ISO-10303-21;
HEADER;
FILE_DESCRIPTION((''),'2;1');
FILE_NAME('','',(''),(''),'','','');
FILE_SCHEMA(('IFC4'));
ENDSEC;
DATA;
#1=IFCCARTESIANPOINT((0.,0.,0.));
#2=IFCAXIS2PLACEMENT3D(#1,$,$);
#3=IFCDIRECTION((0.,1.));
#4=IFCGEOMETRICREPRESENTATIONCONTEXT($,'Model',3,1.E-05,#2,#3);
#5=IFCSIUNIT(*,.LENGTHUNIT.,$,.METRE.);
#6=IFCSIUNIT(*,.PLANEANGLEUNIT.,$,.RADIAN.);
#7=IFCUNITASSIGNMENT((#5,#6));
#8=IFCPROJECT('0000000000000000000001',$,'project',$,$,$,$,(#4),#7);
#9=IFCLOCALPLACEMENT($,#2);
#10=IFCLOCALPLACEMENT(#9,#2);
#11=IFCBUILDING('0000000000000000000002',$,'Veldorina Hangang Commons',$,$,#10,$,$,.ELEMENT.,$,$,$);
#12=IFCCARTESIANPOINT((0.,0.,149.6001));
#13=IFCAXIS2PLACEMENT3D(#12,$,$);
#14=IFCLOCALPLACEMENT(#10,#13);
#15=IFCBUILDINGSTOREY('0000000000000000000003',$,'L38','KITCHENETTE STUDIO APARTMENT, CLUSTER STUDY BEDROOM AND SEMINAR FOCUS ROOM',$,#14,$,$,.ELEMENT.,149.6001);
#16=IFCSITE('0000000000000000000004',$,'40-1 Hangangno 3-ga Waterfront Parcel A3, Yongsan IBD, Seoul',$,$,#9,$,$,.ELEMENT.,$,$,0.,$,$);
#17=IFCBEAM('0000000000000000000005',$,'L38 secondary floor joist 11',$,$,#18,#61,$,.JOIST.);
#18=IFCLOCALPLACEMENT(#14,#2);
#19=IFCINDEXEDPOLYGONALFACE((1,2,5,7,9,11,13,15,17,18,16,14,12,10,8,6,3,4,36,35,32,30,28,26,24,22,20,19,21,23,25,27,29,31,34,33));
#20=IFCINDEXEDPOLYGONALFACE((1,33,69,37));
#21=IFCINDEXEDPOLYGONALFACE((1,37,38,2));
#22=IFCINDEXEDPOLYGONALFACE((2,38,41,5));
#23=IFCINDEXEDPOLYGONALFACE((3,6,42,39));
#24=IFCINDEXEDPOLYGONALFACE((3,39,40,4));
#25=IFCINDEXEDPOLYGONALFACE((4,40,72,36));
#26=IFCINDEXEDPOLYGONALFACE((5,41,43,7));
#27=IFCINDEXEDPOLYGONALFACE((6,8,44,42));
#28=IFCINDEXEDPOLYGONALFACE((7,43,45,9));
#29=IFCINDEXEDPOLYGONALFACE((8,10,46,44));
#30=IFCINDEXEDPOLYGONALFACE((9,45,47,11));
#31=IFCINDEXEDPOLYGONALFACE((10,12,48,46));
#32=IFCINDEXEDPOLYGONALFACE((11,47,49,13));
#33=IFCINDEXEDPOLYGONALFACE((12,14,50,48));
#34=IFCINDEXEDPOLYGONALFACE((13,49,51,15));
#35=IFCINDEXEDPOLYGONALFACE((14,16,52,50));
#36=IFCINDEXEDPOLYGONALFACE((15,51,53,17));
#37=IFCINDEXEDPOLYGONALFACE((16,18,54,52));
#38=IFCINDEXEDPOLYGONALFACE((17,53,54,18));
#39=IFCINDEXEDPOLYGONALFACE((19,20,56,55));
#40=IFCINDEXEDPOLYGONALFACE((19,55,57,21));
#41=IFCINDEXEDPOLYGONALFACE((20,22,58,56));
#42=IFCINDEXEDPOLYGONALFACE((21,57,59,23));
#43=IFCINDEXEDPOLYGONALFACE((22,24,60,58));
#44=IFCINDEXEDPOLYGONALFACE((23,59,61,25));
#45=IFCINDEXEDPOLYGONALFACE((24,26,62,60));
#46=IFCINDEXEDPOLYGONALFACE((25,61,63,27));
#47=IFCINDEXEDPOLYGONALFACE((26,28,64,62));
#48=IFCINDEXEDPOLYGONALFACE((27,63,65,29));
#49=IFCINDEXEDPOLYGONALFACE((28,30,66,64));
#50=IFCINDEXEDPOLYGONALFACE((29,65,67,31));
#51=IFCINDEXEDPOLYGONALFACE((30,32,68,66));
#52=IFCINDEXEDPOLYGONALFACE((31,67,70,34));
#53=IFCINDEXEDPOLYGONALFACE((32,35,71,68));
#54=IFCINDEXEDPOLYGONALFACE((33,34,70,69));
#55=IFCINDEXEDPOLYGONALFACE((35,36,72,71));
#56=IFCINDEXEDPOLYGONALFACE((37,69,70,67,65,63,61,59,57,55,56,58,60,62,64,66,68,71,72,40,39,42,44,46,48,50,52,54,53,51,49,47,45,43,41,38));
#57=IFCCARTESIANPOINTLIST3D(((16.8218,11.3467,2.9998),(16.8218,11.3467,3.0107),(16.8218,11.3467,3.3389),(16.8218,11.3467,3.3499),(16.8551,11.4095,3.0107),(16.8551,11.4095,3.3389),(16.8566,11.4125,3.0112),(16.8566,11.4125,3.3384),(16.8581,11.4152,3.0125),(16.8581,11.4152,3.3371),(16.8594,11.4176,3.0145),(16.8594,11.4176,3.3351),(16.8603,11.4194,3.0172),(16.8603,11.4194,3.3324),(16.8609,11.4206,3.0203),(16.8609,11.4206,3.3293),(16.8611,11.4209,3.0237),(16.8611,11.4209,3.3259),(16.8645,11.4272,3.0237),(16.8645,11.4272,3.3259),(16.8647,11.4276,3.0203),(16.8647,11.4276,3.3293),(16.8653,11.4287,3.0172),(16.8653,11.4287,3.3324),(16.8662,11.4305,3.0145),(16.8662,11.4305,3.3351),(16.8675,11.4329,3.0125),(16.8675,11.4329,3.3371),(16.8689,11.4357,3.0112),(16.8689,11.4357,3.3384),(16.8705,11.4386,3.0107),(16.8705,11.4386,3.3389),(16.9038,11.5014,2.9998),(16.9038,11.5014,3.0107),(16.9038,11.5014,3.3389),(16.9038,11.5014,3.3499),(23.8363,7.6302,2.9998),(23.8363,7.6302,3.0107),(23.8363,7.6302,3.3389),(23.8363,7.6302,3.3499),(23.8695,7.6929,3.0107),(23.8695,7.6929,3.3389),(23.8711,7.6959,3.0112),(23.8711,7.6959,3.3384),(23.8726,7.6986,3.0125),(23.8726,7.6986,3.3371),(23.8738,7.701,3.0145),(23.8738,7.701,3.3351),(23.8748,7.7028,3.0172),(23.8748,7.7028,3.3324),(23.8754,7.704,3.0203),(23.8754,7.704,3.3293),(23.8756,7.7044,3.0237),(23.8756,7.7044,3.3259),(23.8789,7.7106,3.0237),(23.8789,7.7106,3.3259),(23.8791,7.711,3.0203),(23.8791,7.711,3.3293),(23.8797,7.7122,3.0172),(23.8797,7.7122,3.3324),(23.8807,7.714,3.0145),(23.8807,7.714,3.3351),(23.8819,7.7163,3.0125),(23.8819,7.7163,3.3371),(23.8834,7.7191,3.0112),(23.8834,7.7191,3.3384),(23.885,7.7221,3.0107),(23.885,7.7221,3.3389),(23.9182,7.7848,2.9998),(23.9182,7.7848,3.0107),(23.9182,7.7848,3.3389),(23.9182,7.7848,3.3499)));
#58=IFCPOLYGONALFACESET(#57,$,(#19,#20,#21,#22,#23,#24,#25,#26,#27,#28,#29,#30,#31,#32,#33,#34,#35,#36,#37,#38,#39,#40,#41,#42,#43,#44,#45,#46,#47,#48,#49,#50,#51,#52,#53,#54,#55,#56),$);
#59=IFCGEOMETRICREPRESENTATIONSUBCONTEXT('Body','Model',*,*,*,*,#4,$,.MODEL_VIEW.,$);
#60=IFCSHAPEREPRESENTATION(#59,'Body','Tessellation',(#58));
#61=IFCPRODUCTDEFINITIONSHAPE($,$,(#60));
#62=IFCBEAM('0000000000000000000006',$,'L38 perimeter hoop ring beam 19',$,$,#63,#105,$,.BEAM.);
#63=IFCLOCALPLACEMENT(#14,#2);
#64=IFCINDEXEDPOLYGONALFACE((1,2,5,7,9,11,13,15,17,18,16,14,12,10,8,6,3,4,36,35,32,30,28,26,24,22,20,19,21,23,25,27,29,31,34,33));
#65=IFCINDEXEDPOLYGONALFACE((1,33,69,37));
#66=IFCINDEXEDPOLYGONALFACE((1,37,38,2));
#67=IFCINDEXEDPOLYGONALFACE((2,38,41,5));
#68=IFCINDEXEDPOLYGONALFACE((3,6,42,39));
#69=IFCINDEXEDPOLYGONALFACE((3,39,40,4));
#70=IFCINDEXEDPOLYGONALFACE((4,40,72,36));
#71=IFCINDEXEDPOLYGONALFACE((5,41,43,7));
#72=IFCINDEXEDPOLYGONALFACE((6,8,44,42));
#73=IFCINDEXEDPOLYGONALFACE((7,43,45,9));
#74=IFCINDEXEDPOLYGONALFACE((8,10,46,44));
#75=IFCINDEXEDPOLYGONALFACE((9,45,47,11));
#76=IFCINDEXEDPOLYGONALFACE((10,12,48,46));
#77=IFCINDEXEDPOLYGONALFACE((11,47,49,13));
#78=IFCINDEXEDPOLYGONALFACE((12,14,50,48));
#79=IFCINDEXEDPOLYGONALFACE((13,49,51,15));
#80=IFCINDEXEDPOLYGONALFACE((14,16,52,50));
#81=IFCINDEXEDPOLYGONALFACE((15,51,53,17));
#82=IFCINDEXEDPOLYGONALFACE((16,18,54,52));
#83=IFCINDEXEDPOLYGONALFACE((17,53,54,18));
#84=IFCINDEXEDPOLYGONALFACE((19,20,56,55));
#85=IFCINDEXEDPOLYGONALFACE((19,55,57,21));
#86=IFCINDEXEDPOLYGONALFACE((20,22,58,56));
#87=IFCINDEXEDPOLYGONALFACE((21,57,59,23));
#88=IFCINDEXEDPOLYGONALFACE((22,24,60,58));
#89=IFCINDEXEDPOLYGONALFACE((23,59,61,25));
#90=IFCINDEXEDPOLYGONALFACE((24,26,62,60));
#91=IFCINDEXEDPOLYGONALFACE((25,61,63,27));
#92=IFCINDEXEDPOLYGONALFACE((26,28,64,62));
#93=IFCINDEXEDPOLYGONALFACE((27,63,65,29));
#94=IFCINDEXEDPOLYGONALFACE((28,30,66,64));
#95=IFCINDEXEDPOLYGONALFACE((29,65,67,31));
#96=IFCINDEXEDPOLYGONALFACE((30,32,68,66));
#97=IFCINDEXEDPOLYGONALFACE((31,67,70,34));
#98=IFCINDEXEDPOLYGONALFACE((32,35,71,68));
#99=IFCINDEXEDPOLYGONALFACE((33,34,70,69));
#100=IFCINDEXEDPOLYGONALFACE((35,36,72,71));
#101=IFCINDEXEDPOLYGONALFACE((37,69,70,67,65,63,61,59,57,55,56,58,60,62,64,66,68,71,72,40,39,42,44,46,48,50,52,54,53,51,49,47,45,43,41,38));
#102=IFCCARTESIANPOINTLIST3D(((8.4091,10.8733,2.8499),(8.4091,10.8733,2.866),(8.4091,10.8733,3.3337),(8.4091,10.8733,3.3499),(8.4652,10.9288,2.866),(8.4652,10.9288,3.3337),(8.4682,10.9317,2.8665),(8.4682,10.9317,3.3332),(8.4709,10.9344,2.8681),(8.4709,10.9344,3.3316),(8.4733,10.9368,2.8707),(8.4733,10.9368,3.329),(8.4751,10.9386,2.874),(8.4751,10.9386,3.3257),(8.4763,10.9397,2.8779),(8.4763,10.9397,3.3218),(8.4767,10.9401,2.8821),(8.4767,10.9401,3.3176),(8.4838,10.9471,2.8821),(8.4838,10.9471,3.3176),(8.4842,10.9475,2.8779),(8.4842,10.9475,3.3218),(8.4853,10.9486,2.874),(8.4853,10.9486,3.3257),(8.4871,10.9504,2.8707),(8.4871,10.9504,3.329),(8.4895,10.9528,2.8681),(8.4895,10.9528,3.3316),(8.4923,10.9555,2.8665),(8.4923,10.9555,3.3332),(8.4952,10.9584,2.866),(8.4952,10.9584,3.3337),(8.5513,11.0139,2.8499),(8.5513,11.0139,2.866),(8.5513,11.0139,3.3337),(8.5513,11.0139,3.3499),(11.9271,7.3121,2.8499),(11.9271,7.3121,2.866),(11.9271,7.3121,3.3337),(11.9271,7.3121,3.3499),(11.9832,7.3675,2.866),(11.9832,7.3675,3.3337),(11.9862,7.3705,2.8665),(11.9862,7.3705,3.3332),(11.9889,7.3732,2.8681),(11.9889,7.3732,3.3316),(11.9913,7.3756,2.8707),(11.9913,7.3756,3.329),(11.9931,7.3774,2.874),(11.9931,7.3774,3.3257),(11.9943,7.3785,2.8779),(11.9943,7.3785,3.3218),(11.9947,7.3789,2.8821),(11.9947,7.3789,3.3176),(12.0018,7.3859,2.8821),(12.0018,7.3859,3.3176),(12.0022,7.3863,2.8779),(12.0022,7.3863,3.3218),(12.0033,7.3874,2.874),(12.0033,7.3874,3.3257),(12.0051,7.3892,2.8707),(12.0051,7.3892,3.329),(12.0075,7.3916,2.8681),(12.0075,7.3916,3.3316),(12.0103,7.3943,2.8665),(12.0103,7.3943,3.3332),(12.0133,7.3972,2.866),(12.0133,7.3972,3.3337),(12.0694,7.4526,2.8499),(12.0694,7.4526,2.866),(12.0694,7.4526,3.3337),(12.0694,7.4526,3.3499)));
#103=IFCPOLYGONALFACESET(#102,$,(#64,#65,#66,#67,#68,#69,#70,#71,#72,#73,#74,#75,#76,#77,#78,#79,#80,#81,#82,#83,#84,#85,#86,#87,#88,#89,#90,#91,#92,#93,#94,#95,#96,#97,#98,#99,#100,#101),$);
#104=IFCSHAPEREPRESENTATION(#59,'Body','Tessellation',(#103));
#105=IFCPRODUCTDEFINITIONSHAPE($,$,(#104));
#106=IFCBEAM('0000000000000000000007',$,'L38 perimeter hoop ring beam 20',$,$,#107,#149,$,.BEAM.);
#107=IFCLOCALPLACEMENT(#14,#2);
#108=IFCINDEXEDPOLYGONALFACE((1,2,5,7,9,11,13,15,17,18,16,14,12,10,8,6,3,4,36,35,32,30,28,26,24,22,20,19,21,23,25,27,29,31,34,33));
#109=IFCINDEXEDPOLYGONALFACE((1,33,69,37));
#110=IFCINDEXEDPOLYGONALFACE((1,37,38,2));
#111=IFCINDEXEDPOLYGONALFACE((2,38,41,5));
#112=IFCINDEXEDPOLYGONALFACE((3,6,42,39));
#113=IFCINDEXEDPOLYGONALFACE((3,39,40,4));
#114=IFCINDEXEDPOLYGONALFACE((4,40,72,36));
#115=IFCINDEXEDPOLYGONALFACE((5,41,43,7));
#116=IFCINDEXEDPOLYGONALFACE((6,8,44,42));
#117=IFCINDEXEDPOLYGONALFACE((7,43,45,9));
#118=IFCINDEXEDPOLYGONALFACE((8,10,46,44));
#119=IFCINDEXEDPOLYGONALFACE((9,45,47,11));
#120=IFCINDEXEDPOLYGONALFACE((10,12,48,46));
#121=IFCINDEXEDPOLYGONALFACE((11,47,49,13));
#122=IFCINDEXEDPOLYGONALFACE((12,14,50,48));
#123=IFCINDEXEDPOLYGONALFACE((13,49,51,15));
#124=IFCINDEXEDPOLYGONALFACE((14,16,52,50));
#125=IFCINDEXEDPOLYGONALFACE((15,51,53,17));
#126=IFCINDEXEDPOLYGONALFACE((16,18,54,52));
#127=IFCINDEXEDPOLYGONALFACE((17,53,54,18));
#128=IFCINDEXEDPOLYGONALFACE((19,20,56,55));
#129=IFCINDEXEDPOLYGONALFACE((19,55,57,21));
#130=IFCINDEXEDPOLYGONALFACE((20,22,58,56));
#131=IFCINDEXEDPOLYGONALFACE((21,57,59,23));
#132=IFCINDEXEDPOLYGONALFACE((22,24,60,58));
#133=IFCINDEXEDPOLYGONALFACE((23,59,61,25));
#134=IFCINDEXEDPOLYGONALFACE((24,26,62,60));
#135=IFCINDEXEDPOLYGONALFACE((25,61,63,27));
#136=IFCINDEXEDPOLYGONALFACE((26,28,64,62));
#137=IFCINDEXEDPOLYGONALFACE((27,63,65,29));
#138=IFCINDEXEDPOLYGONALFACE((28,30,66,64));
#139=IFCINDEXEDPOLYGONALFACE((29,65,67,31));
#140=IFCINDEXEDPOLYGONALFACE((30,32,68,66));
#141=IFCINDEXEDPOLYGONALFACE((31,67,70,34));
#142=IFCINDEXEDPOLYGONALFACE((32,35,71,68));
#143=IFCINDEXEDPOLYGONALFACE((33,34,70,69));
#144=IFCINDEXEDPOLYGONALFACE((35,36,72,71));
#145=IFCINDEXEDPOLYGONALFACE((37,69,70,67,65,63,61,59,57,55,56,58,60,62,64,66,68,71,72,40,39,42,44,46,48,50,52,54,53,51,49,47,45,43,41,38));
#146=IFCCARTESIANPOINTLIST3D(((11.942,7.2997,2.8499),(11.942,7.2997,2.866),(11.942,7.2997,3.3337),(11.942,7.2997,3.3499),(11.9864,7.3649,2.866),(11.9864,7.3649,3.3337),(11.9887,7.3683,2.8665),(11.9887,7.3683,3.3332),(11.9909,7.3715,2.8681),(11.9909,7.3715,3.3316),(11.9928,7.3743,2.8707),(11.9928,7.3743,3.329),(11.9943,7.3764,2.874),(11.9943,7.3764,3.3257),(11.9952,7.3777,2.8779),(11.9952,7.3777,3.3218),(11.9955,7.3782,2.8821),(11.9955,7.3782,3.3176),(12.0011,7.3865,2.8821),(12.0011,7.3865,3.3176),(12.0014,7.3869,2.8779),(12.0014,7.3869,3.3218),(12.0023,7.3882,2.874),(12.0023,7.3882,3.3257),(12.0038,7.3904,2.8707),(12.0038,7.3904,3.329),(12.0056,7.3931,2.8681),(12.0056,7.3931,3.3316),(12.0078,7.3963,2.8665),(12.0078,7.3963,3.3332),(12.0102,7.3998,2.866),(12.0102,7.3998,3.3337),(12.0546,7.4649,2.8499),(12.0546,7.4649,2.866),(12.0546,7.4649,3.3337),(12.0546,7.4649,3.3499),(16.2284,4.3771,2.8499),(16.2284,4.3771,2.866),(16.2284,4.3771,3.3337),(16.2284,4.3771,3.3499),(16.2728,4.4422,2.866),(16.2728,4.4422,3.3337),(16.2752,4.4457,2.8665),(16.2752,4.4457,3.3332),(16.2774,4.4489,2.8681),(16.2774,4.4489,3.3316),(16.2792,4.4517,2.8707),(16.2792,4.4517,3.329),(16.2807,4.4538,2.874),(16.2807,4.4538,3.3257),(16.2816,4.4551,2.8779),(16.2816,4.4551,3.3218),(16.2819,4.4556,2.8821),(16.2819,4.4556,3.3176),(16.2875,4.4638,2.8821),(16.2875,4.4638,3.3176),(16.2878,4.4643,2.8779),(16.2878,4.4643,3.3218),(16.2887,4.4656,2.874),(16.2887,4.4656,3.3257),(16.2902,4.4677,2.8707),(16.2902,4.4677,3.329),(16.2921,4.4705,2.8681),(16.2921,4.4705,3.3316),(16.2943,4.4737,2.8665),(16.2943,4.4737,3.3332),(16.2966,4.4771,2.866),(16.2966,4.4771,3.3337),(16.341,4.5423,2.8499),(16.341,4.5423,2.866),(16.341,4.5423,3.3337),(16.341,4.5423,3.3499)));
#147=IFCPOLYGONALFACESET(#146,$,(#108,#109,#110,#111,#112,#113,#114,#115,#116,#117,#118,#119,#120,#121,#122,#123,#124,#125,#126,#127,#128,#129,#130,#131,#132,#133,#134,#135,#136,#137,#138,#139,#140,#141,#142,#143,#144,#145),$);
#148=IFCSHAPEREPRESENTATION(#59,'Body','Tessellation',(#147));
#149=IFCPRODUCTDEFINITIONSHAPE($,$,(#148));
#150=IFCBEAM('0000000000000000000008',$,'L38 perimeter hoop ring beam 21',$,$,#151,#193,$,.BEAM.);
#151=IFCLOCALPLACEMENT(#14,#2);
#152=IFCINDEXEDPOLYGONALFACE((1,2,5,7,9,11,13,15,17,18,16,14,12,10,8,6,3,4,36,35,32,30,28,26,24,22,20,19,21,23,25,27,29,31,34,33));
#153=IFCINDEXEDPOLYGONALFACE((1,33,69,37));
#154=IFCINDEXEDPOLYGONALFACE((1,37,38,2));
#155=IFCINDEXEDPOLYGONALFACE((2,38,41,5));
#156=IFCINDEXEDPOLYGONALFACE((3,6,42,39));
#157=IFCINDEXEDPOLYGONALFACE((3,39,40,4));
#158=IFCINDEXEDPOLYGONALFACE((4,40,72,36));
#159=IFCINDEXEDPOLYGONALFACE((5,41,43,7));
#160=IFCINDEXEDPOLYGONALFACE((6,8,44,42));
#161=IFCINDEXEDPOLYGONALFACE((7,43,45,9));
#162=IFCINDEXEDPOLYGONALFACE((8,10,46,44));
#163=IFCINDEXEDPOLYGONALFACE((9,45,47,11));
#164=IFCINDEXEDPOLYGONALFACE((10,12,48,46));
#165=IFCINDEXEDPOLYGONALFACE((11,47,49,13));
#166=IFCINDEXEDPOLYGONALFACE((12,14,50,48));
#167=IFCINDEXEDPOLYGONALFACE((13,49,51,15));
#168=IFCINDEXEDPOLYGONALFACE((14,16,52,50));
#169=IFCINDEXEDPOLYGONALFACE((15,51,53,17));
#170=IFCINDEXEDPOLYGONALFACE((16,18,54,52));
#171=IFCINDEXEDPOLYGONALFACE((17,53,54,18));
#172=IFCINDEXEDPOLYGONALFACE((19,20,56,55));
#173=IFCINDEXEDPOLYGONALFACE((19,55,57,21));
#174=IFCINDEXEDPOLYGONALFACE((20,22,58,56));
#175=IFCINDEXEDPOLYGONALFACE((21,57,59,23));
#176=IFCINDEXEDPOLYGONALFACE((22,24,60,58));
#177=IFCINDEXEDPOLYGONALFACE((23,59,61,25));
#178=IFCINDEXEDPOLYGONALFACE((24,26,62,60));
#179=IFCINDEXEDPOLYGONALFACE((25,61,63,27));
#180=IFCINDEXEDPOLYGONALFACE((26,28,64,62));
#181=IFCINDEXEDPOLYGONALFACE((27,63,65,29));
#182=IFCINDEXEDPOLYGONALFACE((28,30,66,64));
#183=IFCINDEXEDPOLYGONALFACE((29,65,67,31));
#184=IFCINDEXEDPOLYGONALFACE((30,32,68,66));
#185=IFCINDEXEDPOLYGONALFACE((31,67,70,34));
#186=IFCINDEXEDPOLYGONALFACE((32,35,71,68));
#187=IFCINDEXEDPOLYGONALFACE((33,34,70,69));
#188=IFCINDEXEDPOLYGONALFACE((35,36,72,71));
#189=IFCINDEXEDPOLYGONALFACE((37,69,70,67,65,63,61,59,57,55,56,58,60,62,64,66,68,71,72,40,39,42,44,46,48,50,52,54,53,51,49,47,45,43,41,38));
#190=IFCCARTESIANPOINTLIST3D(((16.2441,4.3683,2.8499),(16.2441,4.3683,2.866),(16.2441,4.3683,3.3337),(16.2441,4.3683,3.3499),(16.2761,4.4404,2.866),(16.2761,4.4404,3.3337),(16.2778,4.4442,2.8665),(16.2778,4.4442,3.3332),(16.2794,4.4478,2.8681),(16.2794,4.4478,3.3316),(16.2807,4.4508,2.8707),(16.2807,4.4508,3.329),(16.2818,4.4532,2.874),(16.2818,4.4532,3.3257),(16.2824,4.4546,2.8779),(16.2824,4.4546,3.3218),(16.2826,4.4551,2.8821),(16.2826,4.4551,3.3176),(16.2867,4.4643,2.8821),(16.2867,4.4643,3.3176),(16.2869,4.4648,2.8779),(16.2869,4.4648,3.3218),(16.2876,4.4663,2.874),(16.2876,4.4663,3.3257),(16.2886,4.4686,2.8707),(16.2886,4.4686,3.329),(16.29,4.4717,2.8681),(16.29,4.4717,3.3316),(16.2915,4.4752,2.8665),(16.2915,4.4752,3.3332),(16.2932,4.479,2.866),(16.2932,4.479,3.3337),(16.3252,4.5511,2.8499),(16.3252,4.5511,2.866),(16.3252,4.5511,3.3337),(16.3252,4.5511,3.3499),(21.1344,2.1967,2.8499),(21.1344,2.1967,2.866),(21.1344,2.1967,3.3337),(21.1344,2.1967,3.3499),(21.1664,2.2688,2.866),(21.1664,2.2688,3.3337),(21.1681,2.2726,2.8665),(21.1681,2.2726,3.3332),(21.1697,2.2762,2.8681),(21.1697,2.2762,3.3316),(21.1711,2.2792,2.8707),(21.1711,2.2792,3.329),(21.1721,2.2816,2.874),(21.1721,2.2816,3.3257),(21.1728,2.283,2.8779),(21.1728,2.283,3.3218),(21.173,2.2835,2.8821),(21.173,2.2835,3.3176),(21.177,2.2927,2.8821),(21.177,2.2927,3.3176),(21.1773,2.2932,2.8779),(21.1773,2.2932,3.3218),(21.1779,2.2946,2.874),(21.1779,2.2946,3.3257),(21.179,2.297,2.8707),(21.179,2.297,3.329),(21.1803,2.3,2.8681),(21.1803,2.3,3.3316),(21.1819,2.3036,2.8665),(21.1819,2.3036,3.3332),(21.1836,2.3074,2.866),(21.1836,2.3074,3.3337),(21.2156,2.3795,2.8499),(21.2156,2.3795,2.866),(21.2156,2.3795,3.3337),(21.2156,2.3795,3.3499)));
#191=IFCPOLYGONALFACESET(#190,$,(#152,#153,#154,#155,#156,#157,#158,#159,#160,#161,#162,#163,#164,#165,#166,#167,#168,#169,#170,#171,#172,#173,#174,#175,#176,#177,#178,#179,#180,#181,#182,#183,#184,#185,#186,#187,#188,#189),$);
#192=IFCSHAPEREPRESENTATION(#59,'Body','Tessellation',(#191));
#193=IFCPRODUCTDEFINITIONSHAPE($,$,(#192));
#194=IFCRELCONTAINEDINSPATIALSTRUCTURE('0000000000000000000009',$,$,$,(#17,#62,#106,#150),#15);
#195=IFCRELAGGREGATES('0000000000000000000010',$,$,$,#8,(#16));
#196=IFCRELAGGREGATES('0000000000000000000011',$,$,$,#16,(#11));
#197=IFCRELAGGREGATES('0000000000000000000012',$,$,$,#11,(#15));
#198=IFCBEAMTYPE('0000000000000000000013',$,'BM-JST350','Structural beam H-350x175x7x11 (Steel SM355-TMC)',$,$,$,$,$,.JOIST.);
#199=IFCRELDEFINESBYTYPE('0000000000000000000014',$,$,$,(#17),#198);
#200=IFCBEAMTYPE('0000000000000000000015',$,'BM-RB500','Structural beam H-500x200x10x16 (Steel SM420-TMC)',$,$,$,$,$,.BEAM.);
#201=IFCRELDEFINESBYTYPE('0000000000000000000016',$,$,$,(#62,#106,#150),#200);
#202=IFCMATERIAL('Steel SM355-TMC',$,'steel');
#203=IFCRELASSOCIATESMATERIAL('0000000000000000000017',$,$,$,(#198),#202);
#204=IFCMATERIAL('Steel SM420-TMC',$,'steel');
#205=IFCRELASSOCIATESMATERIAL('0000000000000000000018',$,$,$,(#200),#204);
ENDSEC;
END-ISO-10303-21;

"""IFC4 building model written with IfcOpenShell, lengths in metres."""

from ifc_helpers import new_model, si_unit, direction, frame, origin, origin_2d, place, context, subcontext, project, spatial, i_section, extrude, material, material_profile, profile_set, type_object, element, save


model = new_model("IFC4")

# Units and contexts
model_context = context("Model", 3, precision=1e-05, world=origin(), true_north=direction((0.0, 1.0)))
body_context = subcontext(model_context, "Body", "Model", "MODEL_VIEW")
ifc_project = project(units=[si_unit("LENGTHUNIT", "METRE"), si_unit("PLANEANGLEUNIT", "RADIAN")], contexts=[model_context])

# Site, building, storey
site_placement = place(None, origin())
site = spatial("IfcSite", under=ifc_project, at=site_placement, Name="40-1 Hangangno 3-ga Waterfront Parcel A3, Yongsan IBD, Seoul", CompositionType="ELEMENT", RefElevation=0.0)
building_placement = place(site_placement, origin())
building = spatial("IfcBuilding", under=site, at=building_placement, Name="Veldorina Hangang Commons", CompositionType="ELEMENT")
storey_placement = place(building_placement, frame((0.0, 0.0, 149.6001)))
storey = spatial("IfcBuildingStorey", under=building, at=storey_placement, Name="L38", Description="KITCHENETTE STUDIO APARTMENT, CLUSTER STUDY BEDROOM AND SEMINAR FOCUS ROOM", CompositionType="ELEMENT", Elevation=149.6001)

# Beams
ifc_material_1 = material(Name="Steel SM355-TMC", Category="steel")
ifc_material_profile_1 = material_profile(ifc_material_1, i_section(OverallWidth=0.175, OverallDepth=0.3501, WebThickness=0.0071, FlangeThickness=0.011, FilletRadius=0.0129, at=origin_2d()), Name="H-350x175x7x11")
ifc_profile_set_1 = profile_set([ifc_material_profile_1], Name="Steel SM355-TMC")
beam_type_1 = type_object("IfcBeamType", Name="BM-JST350", Description="Structural beam H-350x175x7x11 (Steel SM355-TMC)", PredefinedType="JOIST", material=ifc_profile_set_1)
beam_1_placement = place(storey_placement, frame((16.8628, 11.4241, 3.1748), z_axis=(0.883629, -0.468187, 0.0), x_axis=(0.468187, 0.883629, 0.0)))
element("IfcBeam", 1, at=beam_1_placement, inside=storey, type_object=beam_type_1, Name="L38 secondary floor joist 11", PredefinedType="JOIST", context=body_context, shape_type="SweptSolid", body=[
    extrude(i_section(OverallWidth=0.175, OverallDepth=0.3501, WebThickness=0.0071, FlangeThickness=0.011, FilletRadius=0.0129, at=origin_2d()), origin(), (0.0, 0.0, 1.0), 7.9382),
])
ifc_material_2 = material(Name="Steel SM420-TMC", Category="steel")
ifc_material_profile_2 = material_profile(ifc_material_2, i_section(OverallWidth=0.2, OverallDepth=0.5, WebThickness=0.01, FlangeThickness=0.0161, FilletRadius=0.0161, at=origin_2d()), Name="H-500x200x10x16")
ifc_profile_set_2 = profile_set([ifc_material_profile_2], Name="Steel SM420-TMC")
beam_type_2 = type_object("IfcBeamType", Name="BM-RB500", Description="Structural beam H-500x200x10x16 (Steel SM420-TMC)", PredefinedType="BEAM", material=ifc_profile_set_2)
beam_2_placement = place(storey_placement, frame((8.4802, 10.9436, 3.0999), z_axis=(0.702777, -0.71141, 0.0), x_axis=(0.71141, 0.702777, 0.0)))
element("IfcBeam", 2, at=beam_2_placement, inside=storey, type_object=beam_type_2, Name="L38 perimeter hoop ring beam 19", PredefinedType="BEAM", context=body_context, shape_type="SweptSolid", body=[
    extrude(i_section(OverallWidth=0.2, OverallDepth=0.5, WebThickness=0.01, FlangeThickness=0.0161, FilletRadius=0.0161, at=origin_2d()), origin(), (0.0, 0.0, 1.0), 5.0059),
])
beam_3_placement = place(storey_placement, frame((11.9983, 7.3823, 3.0999), z_axis=(0.82622, -0.563347, 0.0), x_axis=(0.563347, 0.82622, 0.0)))
element("IfcBeam", 3, at=beam_3_placement, inside=storey, type_object=beam_type_2, Name="L38 perimeter hoop ring beam 20", PredefinedType="BEAM", context=body_context, shape_type="SweptSolid", body=[
    extrude(i_section(OverallWidth=0.2, OverallDepth=0.5, WebThickness=0.01, FlangeThickness=0.0161, FilletRadius=0.0161, at=origin_2d()), origin(), (0.0, 0.0, 1.0), 5.188),
])
beam_4_placement = place(storey_placement, frame((16.2847, 4.4597, 3.0999), z_axis=(0.913941, -0.405846, 0.0), x_axis=(0.405846, 0.913941, 0.0)))
element("IfcBeam", 4, at=beam_4_placement, inside=storey, type_object=beam_type_2, Name="L38 perimeter hoop ring beam 21", PredefinedType="BEAM", context=body_context, shape_type="SweptSolid", body=[
    extrude(i_section(OverallWidth=0.2, OverallDepth=0.5, WebThickness=0.01, FlangeThickness=0.0161, FilletRadius=0.0161, at=origin_2d()), origin(), (0.0, 0.0, 1.0), 5.3508),
])

save(model, "model.ifc")
